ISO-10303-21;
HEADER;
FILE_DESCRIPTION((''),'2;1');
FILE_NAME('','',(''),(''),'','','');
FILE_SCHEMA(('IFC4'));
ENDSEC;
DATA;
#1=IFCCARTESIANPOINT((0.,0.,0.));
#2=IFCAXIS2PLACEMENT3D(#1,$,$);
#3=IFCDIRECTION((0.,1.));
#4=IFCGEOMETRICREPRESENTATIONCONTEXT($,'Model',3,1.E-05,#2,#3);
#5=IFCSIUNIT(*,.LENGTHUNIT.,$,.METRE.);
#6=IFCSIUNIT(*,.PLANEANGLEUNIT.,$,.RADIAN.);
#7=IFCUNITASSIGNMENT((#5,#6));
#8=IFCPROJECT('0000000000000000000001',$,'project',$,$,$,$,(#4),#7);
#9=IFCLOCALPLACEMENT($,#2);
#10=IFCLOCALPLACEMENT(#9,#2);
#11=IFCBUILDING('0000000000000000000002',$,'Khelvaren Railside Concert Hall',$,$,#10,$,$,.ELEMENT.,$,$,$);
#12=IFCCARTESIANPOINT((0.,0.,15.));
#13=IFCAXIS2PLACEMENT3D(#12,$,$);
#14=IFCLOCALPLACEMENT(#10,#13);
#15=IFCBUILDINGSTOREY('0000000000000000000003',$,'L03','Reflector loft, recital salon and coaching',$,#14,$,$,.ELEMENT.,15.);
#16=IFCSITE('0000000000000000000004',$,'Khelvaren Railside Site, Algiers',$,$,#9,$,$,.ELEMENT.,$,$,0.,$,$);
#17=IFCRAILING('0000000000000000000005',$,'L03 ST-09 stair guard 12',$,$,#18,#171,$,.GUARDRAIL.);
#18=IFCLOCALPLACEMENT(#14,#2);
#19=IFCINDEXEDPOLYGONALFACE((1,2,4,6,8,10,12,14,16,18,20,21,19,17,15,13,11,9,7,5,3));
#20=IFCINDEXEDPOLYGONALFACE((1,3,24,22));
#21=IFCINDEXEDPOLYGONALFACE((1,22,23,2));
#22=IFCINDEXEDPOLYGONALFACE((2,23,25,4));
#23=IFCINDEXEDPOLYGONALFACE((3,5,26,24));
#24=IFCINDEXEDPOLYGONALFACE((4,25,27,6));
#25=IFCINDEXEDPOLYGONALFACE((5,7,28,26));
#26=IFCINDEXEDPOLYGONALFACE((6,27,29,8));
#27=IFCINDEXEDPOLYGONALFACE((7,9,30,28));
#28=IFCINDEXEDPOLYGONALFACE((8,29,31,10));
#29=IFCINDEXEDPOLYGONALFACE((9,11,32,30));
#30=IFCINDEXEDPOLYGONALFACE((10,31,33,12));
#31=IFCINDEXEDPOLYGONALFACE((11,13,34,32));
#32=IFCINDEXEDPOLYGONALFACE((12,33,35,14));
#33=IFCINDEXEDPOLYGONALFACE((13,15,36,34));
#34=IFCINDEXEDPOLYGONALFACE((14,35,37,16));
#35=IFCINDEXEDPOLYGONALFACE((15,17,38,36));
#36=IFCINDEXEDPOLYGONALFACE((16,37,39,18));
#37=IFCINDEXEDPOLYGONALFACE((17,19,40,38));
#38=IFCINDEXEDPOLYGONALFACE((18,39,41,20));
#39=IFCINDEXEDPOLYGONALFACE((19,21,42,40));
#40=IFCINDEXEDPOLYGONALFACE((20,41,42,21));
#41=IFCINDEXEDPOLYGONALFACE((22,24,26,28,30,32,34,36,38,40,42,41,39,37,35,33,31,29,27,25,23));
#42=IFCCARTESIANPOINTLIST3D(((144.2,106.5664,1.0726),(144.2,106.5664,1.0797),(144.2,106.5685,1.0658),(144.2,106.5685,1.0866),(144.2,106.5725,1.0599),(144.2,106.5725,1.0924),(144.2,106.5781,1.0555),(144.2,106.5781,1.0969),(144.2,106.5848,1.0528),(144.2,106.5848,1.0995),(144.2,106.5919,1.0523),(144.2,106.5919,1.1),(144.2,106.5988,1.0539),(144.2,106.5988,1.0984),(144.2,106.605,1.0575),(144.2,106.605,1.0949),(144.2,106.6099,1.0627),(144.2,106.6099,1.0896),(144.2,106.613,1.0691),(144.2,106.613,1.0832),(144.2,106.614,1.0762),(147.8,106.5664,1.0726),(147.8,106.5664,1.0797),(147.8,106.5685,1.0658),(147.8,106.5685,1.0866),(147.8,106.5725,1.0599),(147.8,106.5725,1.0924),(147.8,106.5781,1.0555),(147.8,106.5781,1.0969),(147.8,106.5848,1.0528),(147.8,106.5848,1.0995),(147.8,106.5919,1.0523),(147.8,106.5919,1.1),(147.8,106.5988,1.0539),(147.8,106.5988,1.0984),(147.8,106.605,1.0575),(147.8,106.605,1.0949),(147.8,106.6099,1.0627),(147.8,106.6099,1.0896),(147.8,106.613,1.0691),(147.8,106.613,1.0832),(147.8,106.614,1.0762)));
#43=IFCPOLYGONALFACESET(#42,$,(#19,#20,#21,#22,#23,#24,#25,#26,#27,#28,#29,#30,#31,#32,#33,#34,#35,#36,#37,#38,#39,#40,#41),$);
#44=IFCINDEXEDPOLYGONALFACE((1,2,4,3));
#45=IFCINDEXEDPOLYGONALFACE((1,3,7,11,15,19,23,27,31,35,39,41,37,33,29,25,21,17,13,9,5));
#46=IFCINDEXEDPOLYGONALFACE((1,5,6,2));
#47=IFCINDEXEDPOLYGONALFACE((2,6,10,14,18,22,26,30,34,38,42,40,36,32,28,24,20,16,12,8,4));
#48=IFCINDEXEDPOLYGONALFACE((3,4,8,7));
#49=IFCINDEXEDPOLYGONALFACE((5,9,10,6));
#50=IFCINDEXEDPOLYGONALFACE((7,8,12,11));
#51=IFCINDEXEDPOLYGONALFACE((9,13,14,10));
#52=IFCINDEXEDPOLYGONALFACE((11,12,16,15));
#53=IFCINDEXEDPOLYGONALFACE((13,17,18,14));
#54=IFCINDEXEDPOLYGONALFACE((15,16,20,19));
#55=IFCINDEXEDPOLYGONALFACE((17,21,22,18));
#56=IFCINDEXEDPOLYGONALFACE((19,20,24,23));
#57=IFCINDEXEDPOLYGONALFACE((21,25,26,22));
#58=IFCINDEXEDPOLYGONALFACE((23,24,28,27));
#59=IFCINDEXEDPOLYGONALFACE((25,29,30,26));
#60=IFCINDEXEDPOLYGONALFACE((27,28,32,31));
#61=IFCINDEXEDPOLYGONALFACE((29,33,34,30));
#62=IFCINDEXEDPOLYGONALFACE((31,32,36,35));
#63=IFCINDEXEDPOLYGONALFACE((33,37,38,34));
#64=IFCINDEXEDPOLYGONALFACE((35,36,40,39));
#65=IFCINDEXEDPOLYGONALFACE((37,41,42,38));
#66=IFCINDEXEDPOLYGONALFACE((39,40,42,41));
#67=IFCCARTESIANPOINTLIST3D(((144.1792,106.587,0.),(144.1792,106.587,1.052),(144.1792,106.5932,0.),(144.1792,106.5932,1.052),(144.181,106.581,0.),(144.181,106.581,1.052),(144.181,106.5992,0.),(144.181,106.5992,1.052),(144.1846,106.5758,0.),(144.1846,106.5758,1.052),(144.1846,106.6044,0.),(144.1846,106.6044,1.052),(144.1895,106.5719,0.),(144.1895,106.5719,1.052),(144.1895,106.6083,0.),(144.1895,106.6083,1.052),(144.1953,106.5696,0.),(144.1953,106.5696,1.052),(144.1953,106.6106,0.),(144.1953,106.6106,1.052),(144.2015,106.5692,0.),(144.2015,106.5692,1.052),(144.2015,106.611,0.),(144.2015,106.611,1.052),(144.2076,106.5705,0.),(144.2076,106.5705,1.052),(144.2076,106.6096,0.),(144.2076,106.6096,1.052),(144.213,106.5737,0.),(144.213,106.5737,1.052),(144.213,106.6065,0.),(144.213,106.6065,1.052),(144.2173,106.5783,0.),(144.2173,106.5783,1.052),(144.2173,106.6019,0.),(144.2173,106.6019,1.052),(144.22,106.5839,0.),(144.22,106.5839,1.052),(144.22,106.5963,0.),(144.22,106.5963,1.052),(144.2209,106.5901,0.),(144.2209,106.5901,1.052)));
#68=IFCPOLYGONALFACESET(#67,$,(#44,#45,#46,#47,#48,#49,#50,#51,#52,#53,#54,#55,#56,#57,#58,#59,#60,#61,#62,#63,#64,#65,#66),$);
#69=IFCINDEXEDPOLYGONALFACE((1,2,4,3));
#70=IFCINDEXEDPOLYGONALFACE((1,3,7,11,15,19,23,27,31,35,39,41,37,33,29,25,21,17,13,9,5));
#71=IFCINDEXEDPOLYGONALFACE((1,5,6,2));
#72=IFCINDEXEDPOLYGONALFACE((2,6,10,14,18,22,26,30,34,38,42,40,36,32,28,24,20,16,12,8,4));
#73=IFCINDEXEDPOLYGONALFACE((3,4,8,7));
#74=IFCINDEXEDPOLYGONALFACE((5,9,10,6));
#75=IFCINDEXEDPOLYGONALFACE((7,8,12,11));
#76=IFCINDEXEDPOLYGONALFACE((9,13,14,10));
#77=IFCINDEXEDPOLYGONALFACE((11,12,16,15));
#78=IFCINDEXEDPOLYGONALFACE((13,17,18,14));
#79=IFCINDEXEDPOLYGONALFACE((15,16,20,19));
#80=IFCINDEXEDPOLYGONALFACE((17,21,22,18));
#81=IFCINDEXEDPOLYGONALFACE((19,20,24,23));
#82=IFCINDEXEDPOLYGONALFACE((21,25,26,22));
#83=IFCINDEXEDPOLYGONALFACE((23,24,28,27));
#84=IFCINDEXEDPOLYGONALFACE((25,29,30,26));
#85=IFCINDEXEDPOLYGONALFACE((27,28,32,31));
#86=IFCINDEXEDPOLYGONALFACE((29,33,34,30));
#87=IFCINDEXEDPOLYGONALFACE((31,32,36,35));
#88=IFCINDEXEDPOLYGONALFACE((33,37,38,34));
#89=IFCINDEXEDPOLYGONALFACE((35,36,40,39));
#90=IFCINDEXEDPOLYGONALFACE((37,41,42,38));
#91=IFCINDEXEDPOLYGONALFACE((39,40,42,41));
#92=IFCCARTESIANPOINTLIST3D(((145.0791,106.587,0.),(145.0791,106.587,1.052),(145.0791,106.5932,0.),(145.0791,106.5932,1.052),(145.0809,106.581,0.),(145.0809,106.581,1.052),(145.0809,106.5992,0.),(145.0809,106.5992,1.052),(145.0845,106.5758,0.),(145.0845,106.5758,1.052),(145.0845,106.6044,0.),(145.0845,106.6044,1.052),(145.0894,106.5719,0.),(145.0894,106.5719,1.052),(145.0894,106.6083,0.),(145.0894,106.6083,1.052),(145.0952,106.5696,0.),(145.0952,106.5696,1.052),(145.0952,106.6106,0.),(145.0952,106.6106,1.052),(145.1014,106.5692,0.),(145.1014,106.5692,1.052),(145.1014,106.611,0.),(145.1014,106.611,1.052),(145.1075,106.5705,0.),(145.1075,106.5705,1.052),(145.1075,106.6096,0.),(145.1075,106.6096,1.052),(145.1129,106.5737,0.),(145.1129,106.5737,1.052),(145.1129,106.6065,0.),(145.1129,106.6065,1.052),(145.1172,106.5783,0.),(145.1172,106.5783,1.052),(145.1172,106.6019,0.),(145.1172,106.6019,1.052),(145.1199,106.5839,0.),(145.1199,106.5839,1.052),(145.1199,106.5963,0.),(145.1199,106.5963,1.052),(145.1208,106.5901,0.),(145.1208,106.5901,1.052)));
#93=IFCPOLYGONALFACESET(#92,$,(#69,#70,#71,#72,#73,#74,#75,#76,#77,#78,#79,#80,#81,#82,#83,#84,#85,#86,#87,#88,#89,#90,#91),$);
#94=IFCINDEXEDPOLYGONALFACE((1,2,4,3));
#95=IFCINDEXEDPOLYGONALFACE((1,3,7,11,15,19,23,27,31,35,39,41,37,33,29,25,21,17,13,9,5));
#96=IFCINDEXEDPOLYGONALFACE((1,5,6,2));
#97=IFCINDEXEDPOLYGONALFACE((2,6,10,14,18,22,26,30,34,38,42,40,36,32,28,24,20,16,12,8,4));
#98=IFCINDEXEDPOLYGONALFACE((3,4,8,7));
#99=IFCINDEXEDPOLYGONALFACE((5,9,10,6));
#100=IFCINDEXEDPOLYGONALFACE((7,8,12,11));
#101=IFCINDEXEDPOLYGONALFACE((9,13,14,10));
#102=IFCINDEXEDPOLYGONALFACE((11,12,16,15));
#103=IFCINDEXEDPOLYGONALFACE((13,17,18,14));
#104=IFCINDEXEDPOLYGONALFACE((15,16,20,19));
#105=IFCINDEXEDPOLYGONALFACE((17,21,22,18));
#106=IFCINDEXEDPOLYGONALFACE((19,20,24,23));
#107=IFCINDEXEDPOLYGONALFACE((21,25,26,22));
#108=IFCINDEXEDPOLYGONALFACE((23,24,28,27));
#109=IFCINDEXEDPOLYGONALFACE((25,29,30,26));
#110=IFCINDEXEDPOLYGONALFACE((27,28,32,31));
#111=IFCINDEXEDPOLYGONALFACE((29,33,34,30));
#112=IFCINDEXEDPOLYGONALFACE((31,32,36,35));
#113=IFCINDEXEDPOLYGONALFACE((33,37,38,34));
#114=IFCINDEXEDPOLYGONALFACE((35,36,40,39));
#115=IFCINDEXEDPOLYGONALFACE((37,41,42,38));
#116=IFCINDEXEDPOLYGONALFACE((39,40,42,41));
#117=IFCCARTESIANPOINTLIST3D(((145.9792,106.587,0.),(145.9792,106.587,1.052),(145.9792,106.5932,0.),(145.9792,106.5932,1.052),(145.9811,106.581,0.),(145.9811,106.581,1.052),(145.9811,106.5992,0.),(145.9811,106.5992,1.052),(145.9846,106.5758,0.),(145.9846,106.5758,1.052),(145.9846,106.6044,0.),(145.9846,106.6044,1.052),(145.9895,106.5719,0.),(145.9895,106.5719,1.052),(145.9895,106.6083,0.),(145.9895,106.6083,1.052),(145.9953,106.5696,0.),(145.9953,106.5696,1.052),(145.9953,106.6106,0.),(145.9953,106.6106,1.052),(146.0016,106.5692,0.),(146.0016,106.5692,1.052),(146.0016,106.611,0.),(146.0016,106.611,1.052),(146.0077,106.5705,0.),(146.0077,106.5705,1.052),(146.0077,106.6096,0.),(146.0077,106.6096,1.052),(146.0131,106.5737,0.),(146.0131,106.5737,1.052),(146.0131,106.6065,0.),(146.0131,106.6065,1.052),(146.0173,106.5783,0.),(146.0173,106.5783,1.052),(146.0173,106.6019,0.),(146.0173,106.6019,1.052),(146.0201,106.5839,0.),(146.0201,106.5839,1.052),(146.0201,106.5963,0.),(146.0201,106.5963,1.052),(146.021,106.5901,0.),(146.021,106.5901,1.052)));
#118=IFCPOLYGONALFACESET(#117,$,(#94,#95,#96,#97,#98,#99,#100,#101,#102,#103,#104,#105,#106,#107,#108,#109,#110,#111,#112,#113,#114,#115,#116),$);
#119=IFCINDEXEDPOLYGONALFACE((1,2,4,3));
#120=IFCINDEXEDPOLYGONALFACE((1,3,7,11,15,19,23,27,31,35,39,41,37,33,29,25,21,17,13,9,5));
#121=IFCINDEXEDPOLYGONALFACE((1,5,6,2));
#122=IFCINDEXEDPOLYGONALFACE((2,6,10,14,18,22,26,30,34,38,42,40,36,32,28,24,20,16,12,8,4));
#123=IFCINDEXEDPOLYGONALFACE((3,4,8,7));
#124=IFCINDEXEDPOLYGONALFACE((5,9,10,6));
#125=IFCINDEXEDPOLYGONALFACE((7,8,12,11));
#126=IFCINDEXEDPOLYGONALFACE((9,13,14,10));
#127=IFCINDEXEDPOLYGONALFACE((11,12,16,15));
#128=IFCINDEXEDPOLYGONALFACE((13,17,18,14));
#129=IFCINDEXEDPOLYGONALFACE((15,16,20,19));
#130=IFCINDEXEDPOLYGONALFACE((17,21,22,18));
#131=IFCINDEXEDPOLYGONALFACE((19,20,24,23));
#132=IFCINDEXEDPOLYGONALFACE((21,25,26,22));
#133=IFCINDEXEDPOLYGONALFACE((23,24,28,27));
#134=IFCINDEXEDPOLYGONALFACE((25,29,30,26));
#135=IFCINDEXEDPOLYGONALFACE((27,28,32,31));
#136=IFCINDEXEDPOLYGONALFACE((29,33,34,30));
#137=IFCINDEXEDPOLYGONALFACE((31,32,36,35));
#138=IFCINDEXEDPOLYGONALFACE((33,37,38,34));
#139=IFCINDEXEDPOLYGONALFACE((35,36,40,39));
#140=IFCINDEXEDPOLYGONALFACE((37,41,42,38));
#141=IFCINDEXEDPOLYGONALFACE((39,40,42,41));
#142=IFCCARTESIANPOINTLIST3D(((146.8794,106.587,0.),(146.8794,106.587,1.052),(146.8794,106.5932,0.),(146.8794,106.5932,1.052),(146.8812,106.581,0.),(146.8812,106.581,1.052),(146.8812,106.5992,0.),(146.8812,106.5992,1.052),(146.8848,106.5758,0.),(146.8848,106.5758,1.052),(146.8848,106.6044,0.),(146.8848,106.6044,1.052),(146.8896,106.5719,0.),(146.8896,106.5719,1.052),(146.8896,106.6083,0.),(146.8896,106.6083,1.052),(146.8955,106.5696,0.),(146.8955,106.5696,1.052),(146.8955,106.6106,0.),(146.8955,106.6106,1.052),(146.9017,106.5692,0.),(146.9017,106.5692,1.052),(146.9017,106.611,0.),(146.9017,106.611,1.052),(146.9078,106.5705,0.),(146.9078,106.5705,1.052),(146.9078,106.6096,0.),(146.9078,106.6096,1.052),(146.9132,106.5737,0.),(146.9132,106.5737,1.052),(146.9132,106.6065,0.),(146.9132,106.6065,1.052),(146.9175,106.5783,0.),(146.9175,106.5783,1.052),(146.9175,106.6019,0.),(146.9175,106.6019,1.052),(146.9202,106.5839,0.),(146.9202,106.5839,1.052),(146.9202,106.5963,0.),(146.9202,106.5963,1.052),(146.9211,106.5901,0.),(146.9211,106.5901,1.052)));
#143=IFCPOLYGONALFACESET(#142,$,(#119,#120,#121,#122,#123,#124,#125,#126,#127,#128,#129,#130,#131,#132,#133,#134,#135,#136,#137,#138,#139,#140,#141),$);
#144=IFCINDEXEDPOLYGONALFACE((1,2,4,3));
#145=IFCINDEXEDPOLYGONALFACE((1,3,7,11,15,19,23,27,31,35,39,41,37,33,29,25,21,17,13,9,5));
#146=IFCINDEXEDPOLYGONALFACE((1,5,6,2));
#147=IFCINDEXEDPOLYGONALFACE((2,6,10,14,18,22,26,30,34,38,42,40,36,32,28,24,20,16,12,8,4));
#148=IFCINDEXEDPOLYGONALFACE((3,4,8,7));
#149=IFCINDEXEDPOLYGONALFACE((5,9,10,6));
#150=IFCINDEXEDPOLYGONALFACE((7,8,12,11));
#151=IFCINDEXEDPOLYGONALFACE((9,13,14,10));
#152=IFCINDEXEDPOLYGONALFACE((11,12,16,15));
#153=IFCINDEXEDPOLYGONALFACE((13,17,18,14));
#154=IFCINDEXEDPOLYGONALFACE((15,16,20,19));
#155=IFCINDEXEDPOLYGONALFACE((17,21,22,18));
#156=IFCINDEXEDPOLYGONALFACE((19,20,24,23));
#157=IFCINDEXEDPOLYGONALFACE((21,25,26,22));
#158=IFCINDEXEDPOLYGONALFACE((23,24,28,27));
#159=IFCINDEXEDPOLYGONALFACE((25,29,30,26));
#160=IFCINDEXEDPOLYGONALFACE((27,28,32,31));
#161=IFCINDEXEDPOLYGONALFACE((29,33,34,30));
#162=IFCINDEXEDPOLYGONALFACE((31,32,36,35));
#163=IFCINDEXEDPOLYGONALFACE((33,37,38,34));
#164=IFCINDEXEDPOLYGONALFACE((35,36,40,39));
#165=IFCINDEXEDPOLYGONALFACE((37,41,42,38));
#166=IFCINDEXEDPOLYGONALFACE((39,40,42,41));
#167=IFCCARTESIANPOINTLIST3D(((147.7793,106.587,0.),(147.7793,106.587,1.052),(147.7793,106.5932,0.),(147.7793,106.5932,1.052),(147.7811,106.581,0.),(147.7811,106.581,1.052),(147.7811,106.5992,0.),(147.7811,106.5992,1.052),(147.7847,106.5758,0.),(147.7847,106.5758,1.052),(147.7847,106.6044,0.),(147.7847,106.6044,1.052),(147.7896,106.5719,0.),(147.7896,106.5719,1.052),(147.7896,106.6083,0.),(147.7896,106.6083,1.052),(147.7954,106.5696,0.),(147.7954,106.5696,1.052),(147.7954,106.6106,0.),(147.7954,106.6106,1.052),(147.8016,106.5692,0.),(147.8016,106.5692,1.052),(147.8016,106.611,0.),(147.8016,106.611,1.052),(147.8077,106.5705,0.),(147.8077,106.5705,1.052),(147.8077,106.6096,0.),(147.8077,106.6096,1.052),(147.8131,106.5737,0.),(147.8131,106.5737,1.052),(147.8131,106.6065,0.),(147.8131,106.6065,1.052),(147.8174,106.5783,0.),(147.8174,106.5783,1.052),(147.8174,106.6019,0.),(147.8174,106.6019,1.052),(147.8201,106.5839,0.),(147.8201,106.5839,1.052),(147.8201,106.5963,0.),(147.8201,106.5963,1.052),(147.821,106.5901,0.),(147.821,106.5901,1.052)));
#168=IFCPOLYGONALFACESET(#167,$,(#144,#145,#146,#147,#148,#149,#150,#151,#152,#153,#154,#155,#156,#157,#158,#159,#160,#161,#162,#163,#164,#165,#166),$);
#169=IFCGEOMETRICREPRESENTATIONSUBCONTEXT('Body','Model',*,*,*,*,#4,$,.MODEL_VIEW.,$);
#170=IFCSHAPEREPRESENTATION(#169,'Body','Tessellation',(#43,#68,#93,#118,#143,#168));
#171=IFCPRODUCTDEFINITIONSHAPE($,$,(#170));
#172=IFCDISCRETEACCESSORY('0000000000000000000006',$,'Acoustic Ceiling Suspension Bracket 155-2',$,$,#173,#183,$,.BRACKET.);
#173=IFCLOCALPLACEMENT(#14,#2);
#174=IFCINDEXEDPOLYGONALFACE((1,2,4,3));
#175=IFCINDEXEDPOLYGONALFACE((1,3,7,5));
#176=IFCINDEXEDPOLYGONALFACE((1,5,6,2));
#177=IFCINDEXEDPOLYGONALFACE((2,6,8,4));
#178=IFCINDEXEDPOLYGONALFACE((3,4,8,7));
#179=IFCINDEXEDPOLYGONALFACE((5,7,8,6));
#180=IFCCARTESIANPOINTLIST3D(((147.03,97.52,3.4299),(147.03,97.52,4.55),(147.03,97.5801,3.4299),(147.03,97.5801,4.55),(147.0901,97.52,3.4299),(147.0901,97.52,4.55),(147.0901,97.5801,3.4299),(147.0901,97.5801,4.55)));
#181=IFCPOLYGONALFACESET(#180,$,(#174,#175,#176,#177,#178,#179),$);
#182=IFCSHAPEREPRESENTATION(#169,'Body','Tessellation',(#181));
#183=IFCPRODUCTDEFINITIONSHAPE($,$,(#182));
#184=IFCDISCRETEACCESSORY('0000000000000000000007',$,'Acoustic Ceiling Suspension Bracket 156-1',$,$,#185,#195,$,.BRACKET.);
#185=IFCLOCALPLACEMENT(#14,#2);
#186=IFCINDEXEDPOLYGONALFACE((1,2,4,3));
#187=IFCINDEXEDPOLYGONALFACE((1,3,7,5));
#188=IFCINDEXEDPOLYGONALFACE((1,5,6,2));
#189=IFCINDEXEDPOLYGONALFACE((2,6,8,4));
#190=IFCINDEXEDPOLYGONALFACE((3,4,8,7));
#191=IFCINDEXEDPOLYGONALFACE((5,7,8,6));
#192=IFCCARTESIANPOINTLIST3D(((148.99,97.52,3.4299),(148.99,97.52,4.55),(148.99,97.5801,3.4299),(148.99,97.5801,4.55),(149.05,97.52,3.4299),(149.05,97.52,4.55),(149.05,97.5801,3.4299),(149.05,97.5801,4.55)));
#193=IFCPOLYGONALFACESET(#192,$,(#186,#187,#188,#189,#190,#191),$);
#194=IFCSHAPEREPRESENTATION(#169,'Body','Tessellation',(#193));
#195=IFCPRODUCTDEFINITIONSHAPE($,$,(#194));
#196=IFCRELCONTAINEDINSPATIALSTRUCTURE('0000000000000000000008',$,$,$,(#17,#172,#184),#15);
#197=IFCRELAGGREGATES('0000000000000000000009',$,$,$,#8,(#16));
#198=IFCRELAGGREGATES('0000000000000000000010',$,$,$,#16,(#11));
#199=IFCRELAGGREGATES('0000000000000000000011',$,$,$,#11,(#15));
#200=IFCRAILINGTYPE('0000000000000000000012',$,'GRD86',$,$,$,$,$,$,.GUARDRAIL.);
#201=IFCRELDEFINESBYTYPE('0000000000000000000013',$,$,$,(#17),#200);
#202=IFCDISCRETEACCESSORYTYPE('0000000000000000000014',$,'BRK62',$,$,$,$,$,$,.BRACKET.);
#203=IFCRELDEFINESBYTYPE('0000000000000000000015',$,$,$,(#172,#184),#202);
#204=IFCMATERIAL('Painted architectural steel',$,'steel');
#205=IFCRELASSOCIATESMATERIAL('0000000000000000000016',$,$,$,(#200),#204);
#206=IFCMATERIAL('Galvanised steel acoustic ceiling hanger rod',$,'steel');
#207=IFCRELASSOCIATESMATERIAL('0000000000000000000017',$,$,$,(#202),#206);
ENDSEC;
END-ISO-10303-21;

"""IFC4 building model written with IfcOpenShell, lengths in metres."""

from ifc_helpers import new_model, si_unit, direction, frame, origin, origin_2d, place, context, subcontext, project, spatial, rectangle, circle, extrude, material, type_object, element, save


model = new_model("IFC4")

# Units and contexts
model_context = context("Model", 3, precision=1e-05, world=origin(), true_north=direction((0.0, 1.0)))
body_context = subcontext(model_context, "Body", "Model", "MODEL_VIEW")
ifc_project = project(units=[si_unit("LENGTHUNIT", "METRE"), si_unit("PLANEANGLEUNIT", "RADIAN")], contexts=[model_context])

# Site, building, storey
site_placement = place(None, origin())
site = spatial("IfcSite", under=ifc_project, at=site_placement, Name="Khelvaren Railside Site, Algiers", CompositionType="ELEMENT", RefElevation=0.0)
building_placement = place(site_placement, origin())
building = spatial("IfcBuilding", under=site, at=building_placement, Name="Khelvaren Railside Concert Hall", CompositionType="ELEMENT")
storey_placement = place(building_placement, frame((0.0, 0.0, 15.0)))
storey = spatial("IfcBuildingStorey", under=building, at=storey_placement, Name="L03", Description="Reflector loft, recital salon and coaching", CompositionType="ELEMENT", Elevation=15.0)

# Railing
ifc_material_1 = material(Name="Painted architectural steel", Category="steel")
railing_type = type_object("IfcRailingType", Name="GRD86", PredefinedType="GUARDRAIL", material=ifc_material_1)
railing_1_placement = place(storey_placement, frame((144.2, 106.5901, 0.0)))
element("IfcRailing", 1, at=railing_1_placement, inside=storey, type_object=railing_type, Name="L03 ST-09 stair guard 12", PredefinedType="GUARDRAIL", context=body_context, shape_type="SweptSolid", body=[
    extrude(circle(Radius=0.0239, at=origin_2d()), frame((0.0, 0.0, 1.0762), z_axis=(1.0, 0.0, 0.0), x_axis=(0.0, 1.0, 0.0)), (0.0, 0.0, 1.0), 3.6001),
    extrude(circle(Radius=0.021, at=origin_2d()), origin(), (0.0, 0.0, 1.0), 1.052),
    extrude(circle(Radius=0.021, at=origin_2d()), frame((0.8999, 0.0, 0.0)), (0.0, 0.0, 1.0), 1.052),
    extrude(circle(Radius=0.021, at=origin_2d()), frame((1.8, 0.0, 0.0)), (0.0, 0.0, 1.0), 1.052),
    extrude(circle(Radius=0.021, at=origin_2d()), frame((2.7002, 0.0, 0.0)), (0.0, 0.0, 1.0), 1.052),
    extrude(circle(Radius=0.021, at=origin_2d()), frame((3.6001, 0.0, 0.0)), (0.0, 0.0, 1.0), 1.052),
])

# Discrete accessories
ifc_material_2 = material(Name="Galvanised steel acoustic ceiling hanger rod", Category="steel")
discrete_accessory_type = type_object("IfcDiscreteAccessoryType", Name="BRK62", PredefinedType="BRACKET", material=ifc_material_2)
for number, where, z_axis, x_axis, name in (
    (2, (147.0601, 97.55, 3.4299), (0.0, 0.0, 1.0), (1.0, 0.0, 0.0), "Acoustic Ceiling Suspension Bracket 155-2"),
    (3, (149.02, 97.55, 3.4299), (0.0, 0.0, 1.0), (1.0, 0.0, 0.0), "Acoustic Ceiling Suspension Bracket 156-1"),
):
    element("IfcDiscreteAccessory", number, at=place(storey_placement, frame(where, z_axis=z_axis, x_axis=x_axis)), inside=storey, type_object=discrete_accessory_type, Name=name, PredefinedType="BRACKET", context=body_context, shape_type="SweptSolid", body=[
        extrude(rectangle(XDim=0.0601, YDim=0.0601, at=origin_2d()), origin(), (0.0, 0.0, 1.0), 1.1201),
    ])

save(model, "model.ifc")
